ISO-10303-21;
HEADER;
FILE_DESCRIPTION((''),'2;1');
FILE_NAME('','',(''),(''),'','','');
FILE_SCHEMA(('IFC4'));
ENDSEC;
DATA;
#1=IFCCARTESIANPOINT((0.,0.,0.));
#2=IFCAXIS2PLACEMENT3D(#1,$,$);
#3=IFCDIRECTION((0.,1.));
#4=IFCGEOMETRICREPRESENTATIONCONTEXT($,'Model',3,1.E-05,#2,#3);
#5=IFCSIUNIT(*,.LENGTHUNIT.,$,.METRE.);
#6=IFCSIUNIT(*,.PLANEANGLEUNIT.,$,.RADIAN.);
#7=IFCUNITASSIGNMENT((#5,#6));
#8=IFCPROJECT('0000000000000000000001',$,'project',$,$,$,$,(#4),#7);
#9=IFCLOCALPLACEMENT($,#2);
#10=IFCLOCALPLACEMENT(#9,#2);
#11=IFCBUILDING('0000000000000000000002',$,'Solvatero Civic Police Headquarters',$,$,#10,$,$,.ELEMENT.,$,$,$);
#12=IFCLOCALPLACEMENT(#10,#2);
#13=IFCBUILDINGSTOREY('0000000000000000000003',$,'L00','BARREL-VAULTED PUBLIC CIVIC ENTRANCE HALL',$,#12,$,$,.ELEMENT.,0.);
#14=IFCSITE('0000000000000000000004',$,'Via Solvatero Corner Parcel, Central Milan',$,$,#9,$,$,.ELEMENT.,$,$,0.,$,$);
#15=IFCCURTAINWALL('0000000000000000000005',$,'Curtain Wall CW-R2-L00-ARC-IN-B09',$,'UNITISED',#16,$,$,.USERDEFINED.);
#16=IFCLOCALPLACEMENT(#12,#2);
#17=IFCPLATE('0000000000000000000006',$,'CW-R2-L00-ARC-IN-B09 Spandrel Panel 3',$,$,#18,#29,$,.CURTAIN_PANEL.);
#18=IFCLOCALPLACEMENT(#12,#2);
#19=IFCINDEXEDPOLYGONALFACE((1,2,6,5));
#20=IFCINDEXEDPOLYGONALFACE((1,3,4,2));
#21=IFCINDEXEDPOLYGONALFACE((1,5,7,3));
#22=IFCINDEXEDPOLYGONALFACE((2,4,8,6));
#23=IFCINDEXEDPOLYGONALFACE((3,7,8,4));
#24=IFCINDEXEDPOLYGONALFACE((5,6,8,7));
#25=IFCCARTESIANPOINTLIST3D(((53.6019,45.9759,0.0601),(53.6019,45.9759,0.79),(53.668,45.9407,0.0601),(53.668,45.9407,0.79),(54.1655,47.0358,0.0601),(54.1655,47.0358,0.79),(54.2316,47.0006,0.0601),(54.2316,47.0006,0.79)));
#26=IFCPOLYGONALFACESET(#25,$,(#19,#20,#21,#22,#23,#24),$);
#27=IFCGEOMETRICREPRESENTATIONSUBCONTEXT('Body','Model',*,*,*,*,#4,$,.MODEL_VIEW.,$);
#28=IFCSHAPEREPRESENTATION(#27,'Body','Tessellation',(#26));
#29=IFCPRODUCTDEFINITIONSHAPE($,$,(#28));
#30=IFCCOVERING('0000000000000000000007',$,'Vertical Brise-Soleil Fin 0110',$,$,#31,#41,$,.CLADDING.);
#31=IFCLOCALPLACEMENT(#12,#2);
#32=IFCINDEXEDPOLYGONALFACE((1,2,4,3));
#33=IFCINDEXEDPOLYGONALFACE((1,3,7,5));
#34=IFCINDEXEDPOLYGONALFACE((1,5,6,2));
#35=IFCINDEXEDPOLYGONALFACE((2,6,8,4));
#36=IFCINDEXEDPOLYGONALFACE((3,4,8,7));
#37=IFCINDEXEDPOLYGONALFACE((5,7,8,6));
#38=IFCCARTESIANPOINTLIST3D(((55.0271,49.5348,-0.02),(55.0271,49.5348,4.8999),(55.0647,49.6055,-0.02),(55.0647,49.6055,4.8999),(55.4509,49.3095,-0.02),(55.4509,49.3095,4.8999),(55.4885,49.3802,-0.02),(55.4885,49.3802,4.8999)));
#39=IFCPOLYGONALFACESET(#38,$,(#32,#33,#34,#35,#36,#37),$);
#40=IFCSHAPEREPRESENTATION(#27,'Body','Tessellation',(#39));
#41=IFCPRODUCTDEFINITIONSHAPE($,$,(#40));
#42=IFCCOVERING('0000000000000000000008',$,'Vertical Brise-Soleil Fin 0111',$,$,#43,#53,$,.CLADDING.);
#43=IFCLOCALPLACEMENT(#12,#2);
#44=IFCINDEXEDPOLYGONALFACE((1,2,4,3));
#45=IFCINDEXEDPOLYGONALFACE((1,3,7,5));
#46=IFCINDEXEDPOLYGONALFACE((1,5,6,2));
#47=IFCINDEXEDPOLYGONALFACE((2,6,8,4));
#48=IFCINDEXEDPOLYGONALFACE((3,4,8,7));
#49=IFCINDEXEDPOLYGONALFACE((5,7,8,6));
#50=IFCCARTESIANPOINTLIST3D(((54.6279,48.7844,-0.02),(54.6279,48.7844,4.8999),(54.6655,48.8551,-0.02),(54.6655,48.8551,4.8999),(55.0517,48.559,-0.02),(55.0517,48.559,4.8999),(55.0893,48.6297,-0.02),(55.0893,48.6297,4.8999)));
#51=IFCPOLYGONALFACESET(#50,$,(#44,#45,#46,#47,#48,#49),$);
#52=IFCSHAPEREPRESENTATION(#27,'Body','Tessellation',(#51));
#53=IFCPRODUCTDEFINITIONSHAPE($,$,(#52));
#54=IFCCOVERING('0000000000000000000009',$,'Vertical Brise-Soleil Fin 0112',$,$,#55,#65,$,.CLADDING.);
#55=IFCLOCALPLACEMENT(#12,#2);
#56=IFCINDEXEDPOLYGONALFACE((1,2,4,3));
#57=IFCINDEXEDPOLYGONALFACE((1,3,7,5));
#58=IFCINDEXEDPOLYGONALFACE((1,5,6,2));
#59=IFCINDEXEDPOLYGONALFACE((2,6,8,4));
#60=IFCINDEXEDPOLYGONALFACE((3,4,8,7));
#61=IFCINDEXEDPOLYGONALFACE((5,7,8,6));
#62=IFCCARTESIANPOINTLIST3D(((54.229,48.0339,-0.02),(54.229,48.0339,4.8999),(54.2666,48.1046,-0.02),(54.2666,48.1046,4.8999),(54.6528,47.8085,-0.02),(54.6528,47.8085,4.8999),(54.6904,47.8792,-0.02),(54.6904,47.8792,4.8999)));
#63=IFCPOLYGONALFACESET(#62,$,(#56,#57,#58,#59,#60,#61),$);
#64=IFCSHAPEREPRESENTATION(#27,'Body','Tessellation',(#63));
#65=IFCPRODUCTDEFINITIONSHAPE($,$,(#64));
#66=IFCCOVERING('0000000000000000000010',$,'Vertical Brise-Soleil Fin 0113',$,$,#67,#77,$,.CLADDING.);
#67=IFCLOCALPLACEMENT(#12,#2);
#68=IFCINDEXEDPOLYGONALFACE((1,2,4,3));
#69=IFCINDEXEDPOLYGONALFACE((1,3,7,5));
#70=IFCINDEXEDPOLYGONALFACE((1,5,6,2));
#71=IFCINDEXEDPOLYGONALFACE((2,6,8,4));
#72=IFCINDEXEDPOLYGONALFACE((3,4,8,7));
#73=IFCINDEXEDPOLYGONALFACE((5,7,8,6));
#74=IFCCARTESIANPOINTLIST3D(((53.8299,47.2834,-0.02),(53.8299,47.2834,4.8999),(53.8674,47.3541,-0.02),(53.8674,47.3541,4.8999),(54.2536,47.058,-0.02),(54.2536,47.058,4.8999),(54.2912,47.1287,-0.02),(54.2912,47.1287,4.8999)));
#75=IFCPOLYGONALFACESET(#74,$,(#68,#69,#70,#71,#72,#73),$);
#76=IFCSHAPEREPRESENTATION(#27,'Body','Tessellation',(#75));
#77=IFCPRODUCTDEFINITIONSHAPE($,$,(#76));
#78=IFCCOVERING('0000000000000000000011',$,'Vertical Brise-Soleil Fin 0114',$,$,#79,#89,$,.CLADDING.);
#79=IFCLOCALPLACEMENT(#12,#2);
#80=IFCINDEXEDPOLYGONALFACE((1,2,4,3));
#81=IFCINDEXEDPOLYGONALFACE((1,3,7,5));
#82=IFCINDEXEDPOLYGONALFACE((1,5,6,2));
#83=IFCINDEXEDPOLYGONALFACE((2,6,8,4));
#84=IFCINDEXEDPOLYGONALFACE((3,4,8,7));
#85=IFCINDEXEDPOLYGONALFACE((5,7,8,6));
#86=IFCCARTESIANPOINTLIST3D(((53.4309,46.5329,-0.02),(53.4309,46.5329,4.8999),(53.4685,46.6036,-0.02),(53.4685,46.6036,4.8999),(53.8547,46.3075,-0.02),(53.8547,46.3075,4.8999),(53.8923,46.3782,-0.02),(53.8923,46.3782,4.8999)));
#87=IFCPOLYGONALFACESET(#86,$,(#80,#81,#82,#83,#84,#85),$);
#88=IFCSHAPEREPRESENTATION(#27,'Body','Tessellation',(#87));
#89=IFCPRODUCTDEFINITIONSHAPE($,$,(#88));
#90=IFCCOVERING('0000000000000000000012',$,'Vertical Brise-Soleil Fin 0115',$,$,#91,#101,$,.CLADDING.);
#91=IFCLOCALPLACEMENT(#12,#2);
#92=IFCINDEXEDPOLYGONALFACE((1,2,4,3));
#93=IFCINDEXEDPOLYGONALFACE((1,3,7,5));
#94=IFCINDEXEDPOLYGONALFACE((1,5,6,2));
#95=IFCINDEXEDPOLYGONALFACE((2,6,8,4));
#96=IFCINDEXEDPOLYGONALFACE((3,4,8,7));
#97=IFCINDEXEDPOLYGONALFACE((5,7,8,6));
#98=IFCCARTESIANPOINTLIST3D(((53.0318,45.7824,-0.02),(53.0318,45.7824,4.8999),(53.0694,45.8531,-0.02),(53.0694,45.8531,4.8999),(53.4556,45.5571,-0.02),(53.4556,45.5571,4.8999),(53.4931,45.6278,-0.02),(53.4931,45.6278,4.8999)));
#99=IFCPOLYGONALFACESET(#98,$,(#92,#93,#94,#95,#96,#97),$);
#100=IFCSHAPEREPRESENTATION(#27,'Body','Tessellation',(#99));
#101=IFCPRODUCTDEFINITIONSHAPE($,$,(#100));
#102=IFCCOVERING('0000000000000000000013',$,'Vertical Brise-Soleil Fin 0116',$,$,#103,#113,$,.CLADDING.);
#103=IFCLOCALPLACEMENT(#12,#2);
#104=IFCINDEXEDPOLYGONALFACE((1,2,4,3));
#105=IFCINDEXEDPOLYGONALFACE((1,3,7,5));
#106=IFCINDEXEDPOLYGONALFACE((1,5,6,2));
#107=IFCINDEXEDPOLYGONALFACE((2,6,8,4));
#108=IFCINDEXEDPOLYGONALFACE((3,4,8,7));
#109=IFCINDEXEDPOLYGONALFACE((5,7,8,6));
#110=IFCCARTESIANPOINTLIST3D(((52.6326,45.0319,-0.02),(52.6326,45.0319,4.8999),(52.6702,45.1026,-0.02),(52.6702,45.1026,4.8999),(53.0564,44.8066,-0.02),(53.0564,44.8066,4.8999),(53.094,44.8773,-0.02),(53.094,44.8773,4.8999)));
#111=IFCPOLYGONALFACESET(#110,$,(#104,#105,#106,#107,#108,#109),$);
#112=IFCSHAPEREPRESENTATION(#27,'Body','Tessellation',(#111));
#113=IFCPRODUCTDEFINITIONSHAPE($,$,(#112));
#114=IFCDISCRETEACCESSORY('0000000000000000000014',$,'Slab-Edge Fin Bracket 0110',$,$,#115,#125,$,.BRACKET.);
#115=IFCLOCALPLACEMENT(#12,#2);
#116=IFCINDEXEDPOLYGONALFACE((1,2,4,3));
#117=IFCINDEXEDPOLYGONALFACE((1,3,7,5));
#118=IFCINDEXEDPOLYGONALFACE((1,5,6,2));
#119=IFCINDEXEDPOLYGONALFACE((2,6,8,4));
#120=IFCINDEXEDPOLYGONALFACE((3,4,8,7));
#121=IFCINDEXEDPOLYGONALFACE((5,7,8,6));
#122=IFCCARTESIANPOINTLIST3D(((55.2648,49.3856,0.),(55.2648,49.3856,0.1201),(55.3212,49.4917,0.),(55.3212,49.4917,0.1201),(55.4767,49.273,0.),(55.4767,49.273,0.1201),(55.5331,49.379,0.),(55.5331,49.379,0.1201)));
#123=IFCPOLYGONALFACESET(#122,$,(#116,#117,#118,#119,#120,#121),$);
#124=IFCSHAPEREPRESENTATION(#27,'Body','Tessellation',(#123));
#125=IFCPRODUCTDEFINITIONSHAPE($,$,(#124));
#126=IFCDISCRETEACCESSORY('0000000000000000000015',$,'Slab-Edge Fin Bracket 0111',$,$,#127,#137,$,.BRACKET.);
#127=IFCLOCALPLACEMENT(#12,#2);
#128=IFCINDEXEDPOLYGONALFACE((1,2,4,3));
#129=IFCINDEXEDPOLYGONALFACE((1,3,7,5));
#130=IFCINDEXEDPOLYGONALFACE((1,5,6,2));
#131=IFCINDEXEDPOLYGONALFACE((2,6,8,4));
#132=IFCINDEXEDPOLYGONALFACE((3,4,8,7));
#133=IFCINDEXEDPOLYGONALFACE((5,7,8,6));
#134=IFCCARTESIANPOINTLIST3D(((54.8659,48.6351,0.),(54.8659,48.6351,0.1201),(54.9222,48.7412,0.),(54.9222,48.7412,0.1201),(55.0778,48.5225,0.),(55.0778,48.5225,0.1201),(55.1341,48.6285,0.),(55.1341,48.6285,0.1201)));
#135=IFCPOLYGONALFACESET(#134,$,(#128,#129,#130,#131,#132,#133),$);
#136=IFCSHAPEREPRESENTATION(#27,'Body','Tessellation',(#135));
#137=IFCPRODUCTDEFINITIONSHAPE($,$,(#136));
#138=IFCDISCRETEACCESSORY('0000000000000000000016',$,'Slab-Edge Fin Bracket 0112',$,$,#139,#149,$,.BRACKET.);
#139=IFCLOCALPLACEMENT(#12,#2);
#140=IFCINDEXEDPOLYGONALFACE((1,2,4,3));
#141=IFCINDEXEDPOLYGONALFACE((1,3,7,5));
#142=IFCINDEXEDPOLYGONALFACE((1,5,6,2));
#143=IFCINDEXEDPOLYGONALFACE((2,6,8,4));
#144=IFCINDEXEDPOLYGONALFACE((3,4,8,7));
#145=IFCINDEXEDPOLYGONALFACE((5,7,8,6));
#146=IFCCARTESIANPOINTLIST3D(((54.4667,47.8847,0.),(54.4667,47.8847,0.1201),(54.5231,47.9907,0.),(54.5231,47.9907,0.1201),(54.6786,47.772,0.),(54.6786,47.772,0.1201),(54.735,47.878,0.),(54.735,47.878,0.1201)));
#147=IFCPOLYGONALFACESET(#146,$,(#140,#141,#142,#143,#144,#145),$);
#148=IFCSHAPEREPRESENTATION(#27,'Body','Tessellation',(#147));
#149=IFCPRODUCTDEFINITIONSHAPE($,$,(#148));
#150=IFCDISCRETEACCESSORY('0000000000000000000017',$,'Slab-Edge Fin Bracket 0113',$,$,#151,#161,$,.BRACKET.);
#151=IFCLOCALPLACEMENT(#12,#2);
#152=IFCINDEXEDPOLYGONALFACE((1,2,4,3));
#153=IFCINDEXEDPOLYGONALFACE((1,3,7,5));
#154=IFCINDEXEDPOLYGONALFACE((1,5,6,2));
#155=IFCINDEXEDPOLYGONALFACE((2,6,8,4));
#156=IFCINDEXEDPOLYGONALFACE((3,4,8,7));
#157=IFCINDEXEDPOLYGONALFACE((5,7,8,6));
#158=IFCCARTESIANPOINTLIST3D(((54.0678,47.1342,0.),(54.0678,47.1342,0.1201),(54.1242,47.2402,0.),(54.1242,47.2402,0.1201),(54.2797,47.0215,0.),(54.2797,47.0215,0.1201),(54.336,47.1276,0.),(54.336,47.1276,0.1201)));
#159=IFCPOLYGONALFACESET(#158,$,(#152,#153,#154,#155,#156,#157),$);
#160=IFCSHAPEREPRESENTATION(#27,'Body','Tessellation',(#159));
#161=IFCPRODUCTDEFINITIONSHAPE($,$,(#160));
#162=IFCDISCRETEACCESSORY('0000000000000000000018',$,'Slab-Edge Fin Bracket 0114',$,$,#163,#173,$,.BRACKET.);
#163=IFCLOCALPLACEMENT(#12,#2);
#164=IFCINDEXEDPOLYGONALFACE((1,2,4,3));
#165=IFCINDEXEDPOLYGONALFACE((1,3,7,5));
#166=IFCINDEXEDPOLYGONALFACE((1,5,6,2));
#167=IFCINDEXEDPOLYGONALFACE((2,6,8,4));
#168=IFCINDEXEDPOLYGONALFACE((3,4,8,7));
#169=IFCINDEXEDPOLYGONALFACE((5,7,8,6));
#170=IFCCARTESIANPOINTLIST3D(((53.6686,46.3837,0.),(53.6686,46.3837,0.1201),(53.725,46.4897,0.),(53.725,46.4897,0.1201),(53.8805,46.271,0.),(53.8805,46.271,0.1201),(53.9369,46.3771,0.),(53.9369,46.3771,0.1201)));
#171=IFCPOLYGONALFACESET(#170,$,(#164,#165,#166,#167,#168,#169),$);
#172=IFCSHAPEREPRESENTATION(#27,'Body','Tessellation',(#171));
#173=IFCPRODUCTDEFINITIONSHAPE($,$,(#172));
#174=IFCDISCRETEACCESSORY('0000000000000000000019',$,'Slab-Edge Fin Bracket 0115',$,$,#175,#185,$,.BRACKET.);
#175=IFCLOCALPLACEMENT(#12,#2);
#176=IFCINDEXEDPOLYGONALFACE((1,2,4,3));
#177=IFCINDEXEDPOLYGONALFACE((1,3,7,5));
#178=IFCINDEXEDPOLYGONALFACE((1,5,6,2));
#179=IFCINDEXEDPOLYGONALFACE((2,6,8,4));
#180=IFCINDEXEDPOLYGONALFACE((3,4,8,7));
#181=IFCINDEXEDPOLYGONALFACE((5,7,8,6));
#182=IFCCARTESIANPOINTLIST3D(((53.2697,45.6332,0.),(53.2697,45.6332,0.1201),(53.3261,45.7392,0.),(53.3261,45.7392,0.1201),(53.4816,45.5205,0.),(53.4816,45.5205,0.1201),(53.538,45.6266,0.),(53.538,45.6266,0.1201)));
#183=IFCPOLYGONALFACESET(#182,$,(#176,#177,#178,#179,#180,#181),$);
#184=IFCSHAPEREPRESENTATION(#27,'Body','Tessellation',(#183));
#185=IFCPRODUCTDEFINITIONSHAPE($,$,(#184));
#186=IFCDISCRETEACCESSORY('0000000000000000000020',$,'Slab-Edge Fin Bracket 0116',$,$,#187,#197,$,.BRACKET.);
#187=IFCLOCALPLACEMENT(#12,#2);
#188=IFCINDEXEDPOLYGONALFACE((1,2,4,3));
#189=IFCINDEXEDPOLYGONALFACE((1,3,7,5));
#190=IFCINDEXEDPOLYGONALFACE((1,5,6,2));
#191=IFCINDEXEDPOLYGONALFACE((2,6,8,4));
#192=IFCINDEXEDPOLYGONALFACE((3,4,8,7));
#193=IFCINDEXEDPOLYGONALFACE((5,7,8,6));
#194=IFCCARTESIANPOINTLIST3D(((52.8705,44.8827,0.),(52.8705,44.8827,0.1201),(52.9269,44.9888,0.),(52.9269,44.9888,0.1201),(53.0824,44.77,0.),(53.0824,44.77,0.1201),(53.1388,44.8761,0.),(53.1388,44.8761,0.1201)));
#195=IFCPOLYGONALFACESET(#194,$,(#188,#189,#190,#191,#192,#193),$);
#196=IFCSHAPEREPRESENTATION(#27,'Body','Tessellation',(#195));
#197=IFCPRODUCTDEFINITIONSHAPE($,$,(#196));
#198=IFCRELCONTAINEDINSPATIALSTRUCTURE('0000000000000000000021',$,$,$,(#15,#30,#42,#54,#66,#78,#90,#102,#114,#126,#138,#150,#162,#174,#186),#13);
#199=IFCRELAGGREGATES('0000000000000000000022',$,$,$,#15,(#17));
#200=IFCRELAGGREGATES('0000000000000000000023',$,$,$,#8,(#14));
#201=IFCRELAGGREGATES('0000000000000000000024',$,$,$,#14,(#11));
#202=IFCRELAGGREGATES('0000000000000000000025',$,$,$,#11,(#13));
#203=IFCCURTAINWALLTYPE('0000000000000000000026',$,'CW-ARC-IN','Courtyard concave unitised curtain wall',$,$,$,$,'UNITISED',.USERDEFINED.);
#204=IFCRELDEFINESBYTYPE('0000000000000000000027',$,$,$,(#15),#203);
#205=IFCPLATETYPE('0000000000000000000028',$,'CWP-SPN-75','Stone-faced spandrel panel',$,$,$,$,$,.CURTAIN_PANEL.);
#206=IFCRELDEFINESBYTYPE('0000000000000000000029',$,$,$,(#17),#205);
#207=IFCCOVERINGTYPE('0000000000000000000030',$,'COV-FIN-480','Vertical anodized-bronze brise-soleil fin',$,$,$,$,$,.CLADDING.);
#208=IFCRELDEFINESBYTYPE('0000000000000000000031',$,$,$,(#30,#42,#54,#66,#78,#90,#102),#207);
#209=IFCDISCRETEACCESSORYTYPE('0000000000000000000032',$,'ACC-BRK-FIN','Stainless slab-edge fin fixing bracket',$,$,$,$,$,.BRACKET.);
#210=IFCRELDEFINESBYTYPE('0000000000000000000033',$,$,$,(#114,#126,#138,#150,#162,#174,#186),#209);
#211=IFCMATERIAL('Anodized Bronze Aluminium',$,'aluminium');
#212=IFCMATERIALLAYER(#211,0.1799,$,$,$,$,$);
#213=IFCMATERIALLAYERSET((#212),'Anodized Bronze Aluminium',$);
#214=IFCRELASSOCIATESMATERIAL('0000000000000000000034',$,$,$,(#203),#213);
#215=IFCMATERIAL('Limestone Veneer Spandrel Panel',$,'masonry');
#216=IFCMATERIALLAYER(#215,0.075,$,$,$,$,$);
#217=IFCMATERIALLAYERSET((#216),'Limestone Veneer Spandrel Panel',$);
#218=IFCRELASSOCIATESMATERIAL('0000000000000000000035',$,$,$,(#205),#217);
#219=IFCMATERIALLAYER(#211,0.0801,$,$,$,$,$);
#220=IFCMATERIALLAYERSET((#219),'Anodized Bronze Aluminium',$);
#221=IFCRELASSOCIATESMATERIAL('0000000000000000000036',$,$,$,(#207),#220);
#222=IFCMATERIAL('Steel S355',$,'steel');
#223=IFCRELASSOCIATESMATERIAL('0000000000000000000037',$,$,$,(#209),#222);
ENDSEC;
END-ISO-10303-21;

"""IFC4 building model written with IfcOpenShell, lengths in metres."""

from ifc_helpers import new_model, si_unit, direction, frame, origin, origin_2d, place, context, subcontext, project, spatial, rectangle, extrude, material, layer, layer_set, type_object, element, aggregate, save


model = new_model("IFC4")

# Units and contexts
model_context = context("Model", 3, precision=1e-05, world=origin(), true_north=direction((0.0, 1.0)))
body_context = subcontext(model_context, "Body", "Model", "MODEL_VIEW")
ifc_project = project(units=[si_unit("LENGTHUNIT", "METRE"), si_unit("PLANEANGLEUNIT", "RADIAN")], contexts=[model_context])

# Site, building, storey
site_placement = place(None, origin())
site = spatial("IfcSite", under=ifc_project, at=site_placement, Name="Via Solvatero Corner Parcel, Central Milan", CompositionType="ELEMENT", RefElevation=0.0)
building_placement = place(site_placement, origin())
building = spatial("IfcBuilding", under=site, at=building_placement, Name="Solvatero Civic Police Headquarters", CompositionType="ELEMENT")
storey_placement = place(building_placement, origin())
storey = spatial("IfcBuildingStorey", under=building, at=storey_placement, Name="L00", Description="BARREL-VAULTED PUBLIC CIVIC ENTRANCE HALL", CompositionType="ELEMENT", Elevation=0.0)

# Curtain wall, plate
ifc_material_1 = material(Name="Anodized Bronze Aluminium", Category="aluminium")
ifc_layer_1 = layer(ifc_material_1, 0.1799)
ifc_layer_set_1 = layer_set([ifc_layer_1], Name="Anodized Bronze Aluminium")
curtain_wall_type = type_object("IfcCurtainWallType", Name="CW-ARC-IN", Description="Courtyard concave unitised curtain wall", ElementType="UNITISED", PredefinedType="USERDEFINED", material=ifc_layer_set_1)
curtain_wall_placement = place(storey_placement, origin())
curtain_wall = element("IfcCurtainWall", 1, at=curtain_wall_placement, inside=storey, type_object=curtain_wall_type, Name="Curtain Wall CW-R2-L00-ARC-IN-B09", ObjectType="UNITISED", PredefinedType="USERDEFINED")
ifc_material_2 = material(Name="Limestone Veneer Spandrel Panel", Category="masonry")
ifc_layer_2 = layer(ifc_material_2, 0.075)
ifc_layer_set_2 = layer_set([ifc_layer_2], Name="Limestone Veneer Spandrel Panel")
plate_type_1 = type_object("IfcPlateType", Name="CWP-SPN-75", Description="Stone-faced spandrel panel", PredefinedType="CURTAIN_PANEL", material=ifc_layer_set_2)
plate_1_placement = place(storey_placement, frame((53.9167, 46.4883, 0.0601), z_axis=(0.0, 0.0, 1.0), x_axis=(-0.469487, -0.882939, 0.0)))
plate_1 = element("IfcPlate", 2, at=plate_1_placement, type_object=plate_type_1, Name="CW-R2-L00-ARC-IN-B09 Spandrel Panel 3", PredefinedType="CURTAIN_PANEL", context=body_context, shape_type="SweptSolid", body=[
    extrude(rectangle(XDim=1.2004, YDim=0.075, at=origin_2d()), origin(), (0.0, 0.0, 1.0), 0.73),
])
aggregate(curtain_wall, [plate_1])

# Coverings
ifc_layer_3 = layer(ifc_material_1, 0.0801)
ifc_layer_set_3 = layer_set([ifc_layer_3], Name="Anodized Bronze Aluminium")
covering_type = type_object("IfcCoveringType", Name="COV-FIN-480", Description="Vertical anodized-bronze brise-soleil fin", PredefinedType="CLADDING", material=ifc_layer_set_3)
for number, where, z_axis, x_axis, name in (
    (3, (55.2578, 49.4575, -0.02), (0.0, 0.0, 1.0), (-0.469487, -0.882939, 0.0), "Vertical Brise-Soleil Fin 0110"),
    (4, (54.8586, 48.707, -0.02), (0.0, 0.0, 1.0), (-0.469487, -0.882939, 0.0), "Vertical Brise-Soleil Fin 0111"),
    (5, (54.4597, 47.9565, -0.02), (0.0, 0.0, 1.0), (-0.469487, -0.882939, 0.0), "Vertical Brise-Soleil Fin 0112"),
    (6, (54.0605, 47.2061, -0.02), (0.0, 0.0, 1.0), (-0.469487, -0.882939, 0.0), "Vertical Brise-Soleil Fin 0113"),
    (7, (53.6616, 46.4556, -0.02), (0.0, 0.0, 1.0), (-0.469487, -0.882939, 0.0), "Vertical Brise-Soleil Fin 0114"),
    (8, (53.2625, 45.7051, -0.02), (0.0, 0.0, 1.0), (-0.469487, -0.882939, 0.0), "Vertical Brise-Soleil Fin 0115"),
    (9, (52.8633, 44.9546, -0.02), (0.0, 0.0, 1.0), (-0.469487, -0.882939, 0.0), "Vertical Brise-Soleil Fin 0116"),
):
    element("IfcCovering", number, at=place(storey_placement, frame(where, z_axis=z_axis, x_axis=x_axis)), inside=storey, type_object=covering_type, Name=name, PredefinedType="CLADDING", context=body_context, shape_type="SweptSolid", body=[
        extrude(rectangle(XDim=0.0801, YDim=0.48, at=origin_2d()), origin(), (0.0, 0.0, 1.0), 4.9199),
    ])

# Discrete accessories
ifc_material_3 = material(Name="Steel S355", Category="steel")
discrete_accessory_type = type_object("IfcDiscreteAccessoryType", Name="ACC-BRK-FIN", Description="Stainless slab-edge fin fixing bracket", PredefinedType="BRACKET", material=ifc_material_3)
for number, where, z_axis, x_axis, name in (
    (10, (55.3989, 49.3823, 0.0), (0.0, 0.0, 1.0), (-0.469487, -0.882939, 0.0), "Slab-Edge Fin Bracket 0110"),
    (11, (55.0, 48.6318, 0.0), (0.0, 0.0, 1.0), (-0.469487, -0.882939, 0.0), "Slab-Edge Fin Bracket 0111"),
    (12, (54.6008, 47.8813, 0.0), (0.0, 0.0, 1.0), (-0.469487, -0.882939, 0.0), "Slab-Edge Fin Bracket 0112"),
    (13, (54.2019, 47.1309, 0.0), (0.0, 0.0, 1.0), (-0.469487, -0.882939, 0.0), "Slab-Edge Fin Bracket 0113"),
    (14, (53.8027, 46.3804, 0.0), (0.0, 0.0, 1.0), (-0.469487, -0.882939, 0.0), "Slab-Edge Fin Bracket 0114"),
    (15, (53.4038, 45.6299, 0.0), (0.0, 0.0, 1.0), (-0.469487, -0.882939, 0.0), "Slab-Edge Fin Bracket 0115"),
    (16, (53.0046, 44.8794, 0.0), (0.0, 0.0, 1.0), (-0.469487, -0.882939, 0.0), "Slab-Edge Fin Bracket 0116"),
):
    element("IfcDiscreteAccessory", number, at=place(storey_placement, frame(where, z_axis=z_axis, x_axis=x_axis)), inside=storey, type_object=discrete_accessory_type, Name=name, PredefinedType="BRACKET", context=body_context, shape_type="SweptSolid", body=[
        extrude(rectangle(XDim=0.1201, YDim=0.24, at=origin_2d()), origin(), (0.0, 0.0, 1.0), 0.1201),
    ])

save(model, "model.ifc")
